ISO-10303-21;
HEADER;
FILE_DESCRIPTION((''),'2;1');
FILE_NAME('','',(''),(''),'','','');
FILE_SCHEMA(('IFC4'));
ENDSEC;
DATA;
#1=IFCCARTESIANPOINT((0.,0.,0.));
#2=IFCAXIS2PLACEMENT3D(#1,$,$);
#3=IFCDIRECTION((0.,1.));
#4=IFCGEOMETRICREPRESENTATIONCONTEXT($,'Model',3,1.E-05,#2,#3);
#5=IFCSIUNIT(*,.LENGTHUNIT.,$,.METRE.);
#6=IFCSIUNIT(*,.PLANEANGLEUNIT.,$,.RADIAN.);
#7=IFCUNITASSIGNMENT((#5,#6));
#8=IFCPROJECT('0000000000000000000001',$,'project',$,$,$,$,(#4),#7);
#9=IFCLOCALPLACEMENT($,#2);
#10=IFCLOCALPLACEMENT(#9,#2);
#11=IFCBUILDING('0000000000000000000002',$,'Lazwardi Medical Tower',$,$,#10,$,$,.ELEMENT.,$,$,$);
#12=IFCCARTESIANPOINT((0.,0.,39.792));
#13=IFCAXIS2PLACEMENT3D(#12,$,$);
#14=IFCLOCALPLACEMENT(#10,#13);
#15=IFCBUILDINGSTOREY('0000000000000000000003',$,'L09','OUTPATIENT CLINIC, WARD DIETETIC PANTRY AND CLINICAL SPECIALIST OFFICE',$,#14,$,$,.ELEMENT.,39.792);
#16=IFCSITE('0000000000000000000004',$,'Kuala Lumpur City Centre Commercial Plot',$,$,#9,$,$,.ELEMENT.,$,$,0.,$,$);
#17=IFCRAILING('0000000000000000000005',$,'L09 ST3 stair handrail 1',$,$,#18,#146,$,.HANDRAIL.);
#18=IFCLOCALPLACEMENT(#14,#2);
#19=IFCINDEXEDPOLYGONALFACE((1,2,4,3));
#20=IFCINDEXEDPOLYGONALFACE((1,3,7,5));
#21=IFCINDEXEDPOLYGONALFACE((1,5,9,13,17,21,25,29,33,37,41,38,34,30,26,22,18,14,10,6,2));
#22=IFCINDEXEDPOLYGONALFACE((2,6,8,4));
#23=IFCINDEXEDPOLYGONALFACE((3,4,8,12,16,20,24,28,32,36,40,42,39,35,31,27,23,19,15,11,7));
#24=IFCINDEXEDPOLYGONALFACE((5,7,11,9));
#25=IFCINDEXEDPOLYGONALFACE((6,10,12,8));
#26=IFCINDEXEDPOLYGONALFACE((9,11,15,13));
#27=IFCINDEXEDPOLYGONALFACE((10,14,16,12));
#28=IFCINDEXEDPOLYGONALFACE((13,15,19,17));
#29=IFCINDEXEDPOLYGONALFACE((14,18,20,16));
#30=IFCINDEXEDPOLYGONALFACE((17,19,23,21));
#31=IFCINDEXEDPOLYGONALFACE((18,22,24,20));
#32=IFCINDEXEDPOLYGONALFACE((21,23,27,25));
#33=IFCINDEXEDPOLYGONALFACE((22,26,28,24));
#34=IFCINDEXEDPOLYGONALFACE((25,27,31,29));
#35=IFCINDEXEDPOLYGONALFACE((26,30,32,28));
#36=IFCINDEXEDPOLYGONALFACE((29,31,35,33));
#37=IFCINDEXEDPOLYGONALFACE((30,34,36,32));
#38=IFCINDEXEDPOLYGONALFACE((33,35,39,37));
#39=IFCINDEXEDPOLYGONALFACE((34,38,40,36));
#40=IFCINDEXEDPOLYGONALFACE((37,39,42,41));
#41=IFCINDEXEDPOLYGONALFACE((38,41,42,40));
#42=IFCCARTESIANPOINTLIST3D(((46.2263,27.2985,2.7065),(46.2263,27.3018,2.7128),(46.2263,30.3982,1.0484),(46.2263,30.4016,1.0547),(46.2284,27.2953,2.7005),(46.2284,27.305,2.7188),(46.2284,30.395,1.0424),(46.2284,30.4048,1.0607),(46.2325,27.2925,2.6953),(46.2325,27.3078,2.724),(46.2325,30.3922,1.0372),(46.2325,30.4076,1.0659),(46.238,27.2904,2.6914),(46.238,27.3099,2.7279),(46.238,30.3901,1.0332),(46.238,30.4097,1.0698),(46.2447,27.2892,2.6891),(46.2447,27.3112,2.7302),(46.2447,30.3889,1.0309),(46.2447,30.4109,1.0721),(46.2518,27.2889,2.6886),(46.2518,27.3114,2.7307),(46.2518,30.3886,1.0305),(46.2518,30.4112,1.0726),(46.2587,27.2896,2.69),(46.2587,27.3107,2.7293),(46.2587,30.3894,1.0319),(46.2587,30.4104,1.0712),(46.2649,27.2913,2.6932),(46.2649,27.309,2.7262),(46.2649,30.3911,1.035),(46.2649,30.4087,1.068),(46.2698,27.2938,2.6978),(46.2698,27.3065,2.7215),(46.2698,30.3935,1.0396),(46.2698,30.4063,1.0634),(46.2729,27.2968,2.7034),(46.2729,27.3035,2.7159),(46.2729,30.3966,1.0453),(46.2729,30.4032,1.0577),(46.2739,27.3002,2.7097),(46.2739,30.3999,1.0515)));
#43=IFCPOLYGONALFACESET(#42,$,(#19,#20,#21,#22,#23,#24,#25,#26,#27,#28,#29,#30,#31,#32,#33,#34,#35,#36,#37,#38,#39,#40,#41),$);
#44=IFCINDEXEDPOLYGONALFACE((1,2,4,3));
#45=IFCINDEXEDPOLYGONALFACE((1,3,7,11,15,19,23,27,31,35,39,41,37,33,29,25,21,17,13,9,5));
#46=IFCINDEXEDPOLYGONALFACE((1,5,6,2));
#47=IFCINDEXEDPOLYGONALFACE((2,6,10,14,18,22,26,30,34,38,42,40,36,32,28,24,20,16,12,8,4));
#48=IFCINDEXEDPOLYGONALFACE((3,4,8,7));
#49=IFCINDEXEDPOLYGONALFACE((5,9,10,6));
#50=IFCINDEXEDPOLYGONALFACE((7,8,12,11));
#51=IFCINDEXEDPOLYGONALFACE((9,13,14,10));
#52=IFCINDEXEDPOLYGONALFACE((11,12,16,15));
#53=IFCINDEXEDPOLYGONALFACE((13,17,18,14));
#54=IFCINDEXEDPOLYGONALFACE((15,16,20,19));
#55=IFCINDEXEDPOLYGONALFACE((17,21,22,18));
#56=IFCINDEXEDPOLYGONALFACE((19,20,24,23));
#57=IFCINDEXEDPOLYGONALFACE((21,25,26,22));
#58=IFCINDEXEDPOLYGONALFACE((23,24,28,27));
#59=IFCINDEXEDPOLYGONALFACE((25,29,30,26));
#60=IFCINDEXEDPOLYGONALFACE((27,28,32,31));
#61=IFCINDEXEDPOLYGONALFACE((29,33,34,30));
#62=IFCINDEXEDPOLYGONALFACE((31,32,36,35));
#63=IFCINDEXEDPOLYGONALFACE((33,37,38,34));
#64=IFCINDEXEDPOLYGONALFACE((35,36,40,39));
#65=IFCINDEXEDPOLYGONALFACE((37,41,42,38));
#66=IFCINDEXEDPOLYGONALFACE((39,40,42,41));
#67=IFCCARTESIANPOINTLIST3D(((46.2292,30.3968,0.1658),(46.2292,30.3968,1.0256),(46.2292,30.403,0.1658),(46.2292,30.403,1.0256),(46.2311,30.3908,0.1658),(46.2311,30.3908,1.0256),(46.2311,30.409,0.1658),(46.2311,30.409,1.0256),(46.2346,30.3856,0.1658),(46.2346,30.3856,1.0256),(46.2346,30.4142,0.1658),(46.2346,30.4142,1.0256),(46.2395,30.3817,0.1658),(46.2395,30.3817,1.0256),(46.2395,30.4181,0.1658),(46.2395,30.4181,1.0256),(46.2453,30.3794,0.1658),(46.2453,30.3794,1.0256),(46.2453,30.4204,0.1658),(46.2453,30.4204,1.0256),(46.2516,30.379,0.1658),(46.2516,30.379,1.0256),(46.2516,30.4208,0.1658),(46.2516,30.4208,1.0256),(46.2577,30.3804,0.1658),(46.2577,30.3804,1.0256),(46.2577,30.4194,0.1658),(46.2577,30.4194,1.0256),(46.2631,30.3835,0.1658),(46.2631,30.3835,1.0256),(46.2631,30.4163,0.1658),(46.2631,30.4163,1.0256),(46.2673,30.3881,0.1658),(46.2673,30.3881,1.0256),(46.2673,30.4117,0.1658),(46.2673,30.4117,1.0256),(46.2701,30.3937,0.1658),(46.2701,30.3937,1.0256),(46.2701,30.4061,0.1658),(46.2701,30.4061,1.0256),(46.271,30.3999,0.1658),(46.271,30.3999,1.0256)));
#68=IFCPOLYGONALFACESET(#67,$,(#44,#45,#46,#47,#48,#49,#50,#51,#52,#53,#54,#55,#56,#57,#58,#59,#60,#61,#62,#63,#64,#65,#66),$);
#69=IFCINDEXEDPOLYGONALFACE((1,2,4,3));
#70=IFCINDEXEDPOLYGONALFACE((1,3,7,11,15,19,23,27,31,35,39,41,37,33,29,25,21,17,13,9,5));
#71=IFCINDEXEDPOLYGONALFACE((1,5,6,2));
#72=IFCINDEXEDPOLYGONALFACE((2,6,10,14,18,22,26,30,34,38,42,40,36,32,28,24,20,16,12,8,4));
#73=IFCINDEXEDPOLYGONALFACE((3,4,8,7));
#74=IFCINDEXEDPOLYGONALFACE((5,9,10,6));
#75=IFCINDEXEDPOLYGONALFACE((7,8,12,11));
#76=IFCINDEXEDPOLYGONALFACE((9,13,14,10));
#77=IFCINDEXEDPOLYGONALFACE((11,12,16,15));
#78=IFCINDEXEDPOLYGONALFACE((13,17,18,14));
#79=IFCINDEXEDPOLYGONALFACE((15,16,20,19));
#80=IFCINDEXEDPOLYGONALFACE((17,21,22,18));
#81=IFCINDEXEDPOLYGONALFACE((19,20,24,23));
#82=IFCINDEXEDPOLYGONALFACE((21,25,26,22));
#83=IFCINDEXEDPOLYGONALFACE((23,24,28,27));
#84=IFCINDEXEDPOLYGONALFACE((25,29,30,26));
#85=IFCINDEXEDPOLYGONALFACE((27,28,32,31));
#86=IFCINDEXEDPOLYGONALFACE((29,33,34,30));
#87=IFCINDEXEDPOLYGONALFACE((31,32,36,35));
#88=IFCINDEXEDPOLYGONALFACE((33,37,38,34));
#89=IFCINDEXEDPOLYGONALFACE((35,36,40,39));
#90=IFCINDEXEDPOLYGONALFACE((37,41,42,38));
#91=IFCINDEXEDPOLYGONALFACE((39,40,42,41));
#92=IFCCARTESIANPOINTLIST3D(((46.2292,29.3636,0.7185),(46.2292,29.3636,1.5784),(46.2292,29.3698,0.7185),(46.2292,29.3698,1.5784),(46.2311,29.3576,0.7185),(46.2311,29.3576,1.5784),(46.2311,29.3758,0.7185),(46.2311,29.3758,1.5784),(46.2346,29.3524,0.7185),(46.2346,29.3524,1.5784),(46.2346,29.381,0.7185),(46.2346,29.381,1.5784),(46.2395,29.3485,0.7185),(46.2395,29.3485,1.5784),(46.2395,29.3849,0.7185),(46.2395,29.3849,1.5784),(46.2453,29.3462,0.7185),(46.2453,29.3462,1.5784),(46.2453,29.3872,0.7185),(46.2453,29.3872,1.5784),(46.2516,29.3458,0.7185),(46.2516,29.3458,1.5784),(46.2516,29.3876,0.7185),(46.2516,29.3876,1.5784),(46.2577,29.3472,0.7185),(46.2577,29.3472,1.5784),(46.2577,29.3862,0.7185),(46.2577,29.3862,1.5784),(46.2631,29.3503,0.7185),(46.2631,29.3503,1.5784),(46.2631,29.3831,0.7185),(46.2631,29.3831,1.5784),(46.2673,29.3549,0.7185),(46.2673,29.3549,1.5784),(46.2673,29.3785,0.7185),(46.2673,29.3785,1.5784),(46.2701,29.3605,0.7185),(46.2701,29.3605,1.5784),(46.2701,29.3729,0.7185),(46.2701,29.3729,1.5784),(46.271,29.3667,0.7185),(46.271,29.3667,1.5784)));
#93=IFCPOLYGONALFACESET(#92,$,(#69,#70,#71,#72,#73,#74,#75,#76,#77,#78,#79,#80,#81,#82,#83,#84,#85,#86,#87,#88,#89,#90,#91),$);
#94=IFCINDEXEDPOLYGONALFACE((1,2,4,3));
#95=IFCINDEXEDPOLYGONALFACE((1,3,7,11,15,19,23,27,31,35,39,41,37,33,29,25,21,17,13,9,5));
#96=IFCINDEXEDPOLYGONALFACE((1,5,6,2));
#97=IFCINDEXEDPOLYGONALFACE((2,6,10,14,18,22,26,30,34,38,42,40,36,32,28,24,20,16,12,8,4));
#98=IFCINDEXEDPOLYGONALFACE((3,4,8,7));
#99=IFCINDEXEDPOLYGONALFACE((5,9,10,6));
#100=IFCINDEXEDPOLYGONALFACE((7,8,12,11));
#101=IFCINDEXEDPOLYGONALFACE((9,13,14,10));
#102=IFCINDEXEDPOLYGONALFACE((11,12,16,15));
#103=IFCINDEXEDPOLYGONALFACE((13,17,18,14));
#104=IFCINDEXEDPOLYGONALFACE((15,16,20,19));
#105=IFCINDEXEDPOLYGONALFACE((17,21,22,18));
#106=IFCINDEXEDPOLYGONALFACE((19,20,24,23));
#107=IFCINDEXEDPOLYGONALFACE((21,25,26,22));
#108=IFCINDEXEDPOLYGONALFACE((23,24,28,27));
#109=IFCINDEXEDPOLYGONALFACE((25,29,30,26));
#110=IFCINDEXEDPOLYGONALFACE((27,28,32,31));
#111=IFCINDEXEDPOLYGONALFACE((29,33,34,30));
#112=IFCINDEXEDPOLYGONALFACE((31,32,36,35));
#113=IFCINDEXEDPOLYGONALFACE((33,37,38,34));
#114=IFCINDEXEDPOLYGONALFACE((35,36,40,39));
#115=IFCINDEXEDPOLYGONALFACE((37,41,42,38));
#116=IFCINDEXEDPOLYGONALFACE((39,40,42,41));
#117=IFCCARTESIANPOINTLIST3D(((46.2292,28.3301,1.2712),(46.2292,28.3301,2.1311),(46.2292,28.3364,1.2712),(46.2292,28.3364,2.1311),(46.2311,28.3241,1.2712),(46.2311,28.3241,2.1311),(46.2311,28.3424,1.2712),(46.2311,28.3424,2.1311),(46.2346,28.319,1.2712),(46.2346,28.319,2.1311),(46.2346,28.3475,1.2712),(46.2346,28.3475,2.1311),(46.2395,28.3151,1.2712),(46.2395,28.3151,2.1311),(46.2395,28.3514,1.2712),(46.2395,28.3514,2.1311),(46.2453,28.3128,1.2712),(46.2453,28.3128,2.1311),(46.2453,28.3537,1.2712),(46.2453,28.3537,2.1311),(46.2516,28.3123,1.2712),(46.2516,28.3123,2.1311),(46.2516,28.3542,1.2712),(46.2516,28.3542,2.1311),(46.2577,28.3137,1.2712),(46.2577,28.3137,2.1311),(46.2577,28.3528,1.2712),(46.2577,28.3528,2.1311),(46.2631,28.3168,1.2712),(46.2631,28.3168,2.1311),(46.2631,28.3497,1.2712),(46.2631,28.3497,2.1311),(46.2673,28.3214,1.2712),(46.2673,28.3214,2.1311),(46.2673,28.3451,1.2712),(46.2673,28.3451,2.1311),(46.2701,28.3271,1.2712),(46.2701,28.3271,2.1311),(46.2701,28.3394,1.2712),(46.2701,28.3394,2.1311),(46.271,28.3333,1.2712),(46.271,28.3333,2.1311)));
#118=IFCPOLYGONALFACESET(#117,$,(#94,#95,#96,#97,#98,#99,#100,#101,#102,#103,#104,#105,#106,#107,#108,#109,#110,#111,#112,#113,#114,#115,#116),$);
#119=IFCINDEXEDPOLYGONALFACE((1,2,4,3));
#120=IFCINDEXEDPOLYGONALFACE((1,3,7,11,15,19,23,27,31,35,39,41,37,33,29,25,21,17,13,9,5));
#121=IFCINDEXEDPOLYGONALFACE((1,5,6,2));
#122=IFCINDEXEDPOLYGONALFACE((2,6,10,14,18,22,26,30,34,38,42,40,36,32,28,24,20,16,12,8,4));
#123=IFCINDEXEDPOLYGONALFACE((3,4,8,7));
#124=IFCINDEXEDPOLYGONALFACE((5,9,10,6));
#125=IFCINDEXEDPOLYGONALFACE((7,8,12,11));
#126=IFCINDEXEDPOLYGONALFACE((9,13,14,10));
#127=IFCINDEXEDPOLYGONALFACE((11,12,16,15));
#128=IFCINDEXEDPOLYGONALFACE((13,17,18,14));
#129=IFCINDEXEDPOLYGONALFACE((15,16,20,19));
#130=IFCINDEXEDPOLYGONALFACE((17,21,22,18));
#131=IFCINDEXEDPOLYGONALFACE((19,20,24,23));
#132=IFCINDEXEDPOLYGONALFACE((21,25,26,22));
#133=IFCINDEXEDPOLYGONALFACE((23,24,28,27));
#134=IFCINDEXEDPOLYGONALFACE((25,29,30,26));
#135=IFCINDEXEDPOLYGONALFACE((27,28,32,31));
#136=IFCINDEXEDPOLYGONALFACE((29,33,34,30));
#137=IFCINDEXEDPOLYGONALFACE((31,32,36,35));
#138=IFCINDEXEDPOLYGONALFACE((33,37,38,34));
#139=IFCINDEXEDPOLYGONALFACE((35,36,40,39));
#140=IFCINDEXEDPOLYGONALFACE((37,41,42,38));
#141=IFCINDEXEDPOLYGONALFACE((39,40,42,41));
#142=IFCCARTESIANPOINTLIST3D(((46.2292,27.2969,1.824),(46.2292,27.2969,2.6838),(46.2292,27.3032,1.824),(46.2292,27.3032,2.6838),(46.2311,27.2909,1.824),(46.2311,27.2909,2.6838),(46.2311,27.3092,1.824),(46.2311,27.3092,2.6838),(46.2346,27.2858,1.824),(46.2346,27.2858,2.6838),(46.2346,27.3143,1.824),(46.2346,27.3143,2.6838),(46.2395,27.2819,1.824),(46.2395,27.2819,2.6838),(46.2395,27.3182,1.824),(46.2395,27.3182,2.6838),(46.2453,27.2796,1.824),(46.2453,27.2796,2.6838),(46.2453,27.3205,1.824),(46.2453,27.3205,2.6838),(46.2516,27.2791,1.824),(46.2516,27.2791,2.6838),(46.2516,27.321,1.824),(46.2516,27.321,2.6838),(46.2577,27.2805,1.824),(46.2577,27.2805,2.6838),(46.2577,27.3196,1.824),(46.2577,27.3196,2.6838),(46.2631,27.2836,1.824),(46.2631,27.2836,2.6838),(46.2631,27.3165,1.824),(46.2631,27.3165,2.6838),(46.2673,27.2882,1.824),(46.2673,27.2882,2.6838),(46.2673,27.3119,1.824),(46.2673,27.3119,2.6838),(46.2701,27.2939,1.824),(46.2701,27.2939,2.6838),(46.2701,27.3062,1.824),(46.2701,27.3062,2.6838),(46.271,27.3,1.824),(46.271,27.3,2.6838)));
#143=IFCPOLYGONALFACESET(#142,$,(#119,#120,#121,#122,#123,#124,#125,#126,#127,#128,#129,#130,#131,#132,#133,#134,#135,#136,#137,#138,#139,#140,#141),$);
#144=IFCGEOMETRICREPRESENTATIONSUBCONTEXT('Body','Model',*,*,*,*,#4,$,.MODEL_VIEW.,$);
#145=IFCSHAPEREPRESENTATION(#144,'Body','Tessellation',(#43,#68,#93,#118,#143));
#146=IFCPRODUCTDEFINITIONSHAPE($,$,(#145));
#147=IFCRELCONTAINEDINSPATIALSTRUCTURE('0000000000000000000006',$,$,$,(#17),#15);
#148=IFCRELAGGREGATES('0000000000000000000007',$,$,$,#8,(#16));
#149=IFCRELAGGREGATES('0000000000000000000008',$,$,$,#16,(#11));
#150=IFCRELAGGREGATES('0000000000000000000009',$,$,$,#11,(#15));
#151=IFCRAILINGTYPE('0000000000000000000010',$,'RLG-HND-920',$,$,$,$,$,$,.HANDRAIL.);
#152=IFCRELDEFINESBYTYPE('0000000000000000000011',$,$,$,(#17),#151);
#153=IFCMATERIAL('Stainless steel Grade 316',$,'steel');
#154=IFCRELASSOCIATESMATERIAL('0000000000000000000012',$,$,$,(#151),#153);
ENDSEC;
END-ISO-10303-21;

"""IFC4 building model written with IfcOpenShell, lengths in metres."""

from ifc_helpers import new_model, si_unit, direction, frame, origin, origin_2d, place, context, subcontext, project, spatial, circle, extrude, material, type_object, element, save


model = new_model("IFC4")

# Units and contexts
model_context = context("Model", 3, precision=1e-05, world=origin(), true_north=direction((0.0, 1.0)))
body_context = subcontext(model_context, "Body", "Model", "MODEL_VIEW")
ifc_project = project(units=[si_unit("LENGTHUNIT", "METRE"), si_unit("PLANEANGLEUNIT", "RADIAN")], contexts=[model_context])

# Site, building, storey
site_placement = place(None, origin())
site = spatial("IfcSite", under=ifc_project, at=site_placement, Name="Kuala Lumpur City Centre Commercial Plot", CompositionType="ELEMENT", RefElevation=0.0)
building_placement = place(site_placement, origin())
building = spatial("IfcBuilding", under=site, at=building_placement, Name="Lazwardi Medical Tower", CompositionType="ELEMENT")
storey_placement = place(building_placement, frame((0.0, 0.0, 39.792)))
storey = spatial("IfcBuildingStorey", under=building, at=storey_placement, Name="L09", Description="OUTPATIENT CLINIC, WARD DIETETIC PANTRY AND CLINICAL SPECIALIST OFFICE", CompositionType="ELEMENT", Elevation=39.792)

# Railing
ifc_material_1 = material(Name="Stainless steel Grade 316", Category="steel")
railing_type_1 = type_object("IfcRailingType", Name="RLG-HND-920", PredefinedType="HANDRAIL", material=ifc_material_1)
railing_1_placement = place(storey_placement, frame((46.25, 30.3999, 0.1658)))
element("IfcRailing", 1, at=railing_1_placement, inside=storey, type_object=railing_type_1, Name="L09 ST3 stair handrail 1", PredefinedType="HANDRAIL", context=body_context, shape_type="SweptSolid", body=[
    extrude(circle(Radius=0.0239, at=origin_2d()), frame((0.0, 0.0, 0.8857), z_axis=(0.0, -0.881768, 0.471684), x_axis=(1.0, 0.0, 0.0)), (0.0, 0.0, 1.0), 3.5154),
    extrude(circle(Radius=0.021, at=origin_2d()), origin(), (0.0, 0.0, 1.0), 0.8599),
    extrude(circle(Radius=0.021, at=origin_2d()), frame((0.0, -1.0332, 0.5527)), (0.0, 0.0, 1.0), 0.8599),
    extrude(circle(Radius=0.021, at=origin_2d()), frame((0.0, -2.0667, 1.1055)), (0.0, 0.0, 1.0), 0.8599),
    extrude(circle(Radius=0.021, at=origin_2d()), frame((0.0, -3.0999, 1.6582)), (0.0, 0.0, 1.0), 0.8599),
])

save(model, "model.ifc")
